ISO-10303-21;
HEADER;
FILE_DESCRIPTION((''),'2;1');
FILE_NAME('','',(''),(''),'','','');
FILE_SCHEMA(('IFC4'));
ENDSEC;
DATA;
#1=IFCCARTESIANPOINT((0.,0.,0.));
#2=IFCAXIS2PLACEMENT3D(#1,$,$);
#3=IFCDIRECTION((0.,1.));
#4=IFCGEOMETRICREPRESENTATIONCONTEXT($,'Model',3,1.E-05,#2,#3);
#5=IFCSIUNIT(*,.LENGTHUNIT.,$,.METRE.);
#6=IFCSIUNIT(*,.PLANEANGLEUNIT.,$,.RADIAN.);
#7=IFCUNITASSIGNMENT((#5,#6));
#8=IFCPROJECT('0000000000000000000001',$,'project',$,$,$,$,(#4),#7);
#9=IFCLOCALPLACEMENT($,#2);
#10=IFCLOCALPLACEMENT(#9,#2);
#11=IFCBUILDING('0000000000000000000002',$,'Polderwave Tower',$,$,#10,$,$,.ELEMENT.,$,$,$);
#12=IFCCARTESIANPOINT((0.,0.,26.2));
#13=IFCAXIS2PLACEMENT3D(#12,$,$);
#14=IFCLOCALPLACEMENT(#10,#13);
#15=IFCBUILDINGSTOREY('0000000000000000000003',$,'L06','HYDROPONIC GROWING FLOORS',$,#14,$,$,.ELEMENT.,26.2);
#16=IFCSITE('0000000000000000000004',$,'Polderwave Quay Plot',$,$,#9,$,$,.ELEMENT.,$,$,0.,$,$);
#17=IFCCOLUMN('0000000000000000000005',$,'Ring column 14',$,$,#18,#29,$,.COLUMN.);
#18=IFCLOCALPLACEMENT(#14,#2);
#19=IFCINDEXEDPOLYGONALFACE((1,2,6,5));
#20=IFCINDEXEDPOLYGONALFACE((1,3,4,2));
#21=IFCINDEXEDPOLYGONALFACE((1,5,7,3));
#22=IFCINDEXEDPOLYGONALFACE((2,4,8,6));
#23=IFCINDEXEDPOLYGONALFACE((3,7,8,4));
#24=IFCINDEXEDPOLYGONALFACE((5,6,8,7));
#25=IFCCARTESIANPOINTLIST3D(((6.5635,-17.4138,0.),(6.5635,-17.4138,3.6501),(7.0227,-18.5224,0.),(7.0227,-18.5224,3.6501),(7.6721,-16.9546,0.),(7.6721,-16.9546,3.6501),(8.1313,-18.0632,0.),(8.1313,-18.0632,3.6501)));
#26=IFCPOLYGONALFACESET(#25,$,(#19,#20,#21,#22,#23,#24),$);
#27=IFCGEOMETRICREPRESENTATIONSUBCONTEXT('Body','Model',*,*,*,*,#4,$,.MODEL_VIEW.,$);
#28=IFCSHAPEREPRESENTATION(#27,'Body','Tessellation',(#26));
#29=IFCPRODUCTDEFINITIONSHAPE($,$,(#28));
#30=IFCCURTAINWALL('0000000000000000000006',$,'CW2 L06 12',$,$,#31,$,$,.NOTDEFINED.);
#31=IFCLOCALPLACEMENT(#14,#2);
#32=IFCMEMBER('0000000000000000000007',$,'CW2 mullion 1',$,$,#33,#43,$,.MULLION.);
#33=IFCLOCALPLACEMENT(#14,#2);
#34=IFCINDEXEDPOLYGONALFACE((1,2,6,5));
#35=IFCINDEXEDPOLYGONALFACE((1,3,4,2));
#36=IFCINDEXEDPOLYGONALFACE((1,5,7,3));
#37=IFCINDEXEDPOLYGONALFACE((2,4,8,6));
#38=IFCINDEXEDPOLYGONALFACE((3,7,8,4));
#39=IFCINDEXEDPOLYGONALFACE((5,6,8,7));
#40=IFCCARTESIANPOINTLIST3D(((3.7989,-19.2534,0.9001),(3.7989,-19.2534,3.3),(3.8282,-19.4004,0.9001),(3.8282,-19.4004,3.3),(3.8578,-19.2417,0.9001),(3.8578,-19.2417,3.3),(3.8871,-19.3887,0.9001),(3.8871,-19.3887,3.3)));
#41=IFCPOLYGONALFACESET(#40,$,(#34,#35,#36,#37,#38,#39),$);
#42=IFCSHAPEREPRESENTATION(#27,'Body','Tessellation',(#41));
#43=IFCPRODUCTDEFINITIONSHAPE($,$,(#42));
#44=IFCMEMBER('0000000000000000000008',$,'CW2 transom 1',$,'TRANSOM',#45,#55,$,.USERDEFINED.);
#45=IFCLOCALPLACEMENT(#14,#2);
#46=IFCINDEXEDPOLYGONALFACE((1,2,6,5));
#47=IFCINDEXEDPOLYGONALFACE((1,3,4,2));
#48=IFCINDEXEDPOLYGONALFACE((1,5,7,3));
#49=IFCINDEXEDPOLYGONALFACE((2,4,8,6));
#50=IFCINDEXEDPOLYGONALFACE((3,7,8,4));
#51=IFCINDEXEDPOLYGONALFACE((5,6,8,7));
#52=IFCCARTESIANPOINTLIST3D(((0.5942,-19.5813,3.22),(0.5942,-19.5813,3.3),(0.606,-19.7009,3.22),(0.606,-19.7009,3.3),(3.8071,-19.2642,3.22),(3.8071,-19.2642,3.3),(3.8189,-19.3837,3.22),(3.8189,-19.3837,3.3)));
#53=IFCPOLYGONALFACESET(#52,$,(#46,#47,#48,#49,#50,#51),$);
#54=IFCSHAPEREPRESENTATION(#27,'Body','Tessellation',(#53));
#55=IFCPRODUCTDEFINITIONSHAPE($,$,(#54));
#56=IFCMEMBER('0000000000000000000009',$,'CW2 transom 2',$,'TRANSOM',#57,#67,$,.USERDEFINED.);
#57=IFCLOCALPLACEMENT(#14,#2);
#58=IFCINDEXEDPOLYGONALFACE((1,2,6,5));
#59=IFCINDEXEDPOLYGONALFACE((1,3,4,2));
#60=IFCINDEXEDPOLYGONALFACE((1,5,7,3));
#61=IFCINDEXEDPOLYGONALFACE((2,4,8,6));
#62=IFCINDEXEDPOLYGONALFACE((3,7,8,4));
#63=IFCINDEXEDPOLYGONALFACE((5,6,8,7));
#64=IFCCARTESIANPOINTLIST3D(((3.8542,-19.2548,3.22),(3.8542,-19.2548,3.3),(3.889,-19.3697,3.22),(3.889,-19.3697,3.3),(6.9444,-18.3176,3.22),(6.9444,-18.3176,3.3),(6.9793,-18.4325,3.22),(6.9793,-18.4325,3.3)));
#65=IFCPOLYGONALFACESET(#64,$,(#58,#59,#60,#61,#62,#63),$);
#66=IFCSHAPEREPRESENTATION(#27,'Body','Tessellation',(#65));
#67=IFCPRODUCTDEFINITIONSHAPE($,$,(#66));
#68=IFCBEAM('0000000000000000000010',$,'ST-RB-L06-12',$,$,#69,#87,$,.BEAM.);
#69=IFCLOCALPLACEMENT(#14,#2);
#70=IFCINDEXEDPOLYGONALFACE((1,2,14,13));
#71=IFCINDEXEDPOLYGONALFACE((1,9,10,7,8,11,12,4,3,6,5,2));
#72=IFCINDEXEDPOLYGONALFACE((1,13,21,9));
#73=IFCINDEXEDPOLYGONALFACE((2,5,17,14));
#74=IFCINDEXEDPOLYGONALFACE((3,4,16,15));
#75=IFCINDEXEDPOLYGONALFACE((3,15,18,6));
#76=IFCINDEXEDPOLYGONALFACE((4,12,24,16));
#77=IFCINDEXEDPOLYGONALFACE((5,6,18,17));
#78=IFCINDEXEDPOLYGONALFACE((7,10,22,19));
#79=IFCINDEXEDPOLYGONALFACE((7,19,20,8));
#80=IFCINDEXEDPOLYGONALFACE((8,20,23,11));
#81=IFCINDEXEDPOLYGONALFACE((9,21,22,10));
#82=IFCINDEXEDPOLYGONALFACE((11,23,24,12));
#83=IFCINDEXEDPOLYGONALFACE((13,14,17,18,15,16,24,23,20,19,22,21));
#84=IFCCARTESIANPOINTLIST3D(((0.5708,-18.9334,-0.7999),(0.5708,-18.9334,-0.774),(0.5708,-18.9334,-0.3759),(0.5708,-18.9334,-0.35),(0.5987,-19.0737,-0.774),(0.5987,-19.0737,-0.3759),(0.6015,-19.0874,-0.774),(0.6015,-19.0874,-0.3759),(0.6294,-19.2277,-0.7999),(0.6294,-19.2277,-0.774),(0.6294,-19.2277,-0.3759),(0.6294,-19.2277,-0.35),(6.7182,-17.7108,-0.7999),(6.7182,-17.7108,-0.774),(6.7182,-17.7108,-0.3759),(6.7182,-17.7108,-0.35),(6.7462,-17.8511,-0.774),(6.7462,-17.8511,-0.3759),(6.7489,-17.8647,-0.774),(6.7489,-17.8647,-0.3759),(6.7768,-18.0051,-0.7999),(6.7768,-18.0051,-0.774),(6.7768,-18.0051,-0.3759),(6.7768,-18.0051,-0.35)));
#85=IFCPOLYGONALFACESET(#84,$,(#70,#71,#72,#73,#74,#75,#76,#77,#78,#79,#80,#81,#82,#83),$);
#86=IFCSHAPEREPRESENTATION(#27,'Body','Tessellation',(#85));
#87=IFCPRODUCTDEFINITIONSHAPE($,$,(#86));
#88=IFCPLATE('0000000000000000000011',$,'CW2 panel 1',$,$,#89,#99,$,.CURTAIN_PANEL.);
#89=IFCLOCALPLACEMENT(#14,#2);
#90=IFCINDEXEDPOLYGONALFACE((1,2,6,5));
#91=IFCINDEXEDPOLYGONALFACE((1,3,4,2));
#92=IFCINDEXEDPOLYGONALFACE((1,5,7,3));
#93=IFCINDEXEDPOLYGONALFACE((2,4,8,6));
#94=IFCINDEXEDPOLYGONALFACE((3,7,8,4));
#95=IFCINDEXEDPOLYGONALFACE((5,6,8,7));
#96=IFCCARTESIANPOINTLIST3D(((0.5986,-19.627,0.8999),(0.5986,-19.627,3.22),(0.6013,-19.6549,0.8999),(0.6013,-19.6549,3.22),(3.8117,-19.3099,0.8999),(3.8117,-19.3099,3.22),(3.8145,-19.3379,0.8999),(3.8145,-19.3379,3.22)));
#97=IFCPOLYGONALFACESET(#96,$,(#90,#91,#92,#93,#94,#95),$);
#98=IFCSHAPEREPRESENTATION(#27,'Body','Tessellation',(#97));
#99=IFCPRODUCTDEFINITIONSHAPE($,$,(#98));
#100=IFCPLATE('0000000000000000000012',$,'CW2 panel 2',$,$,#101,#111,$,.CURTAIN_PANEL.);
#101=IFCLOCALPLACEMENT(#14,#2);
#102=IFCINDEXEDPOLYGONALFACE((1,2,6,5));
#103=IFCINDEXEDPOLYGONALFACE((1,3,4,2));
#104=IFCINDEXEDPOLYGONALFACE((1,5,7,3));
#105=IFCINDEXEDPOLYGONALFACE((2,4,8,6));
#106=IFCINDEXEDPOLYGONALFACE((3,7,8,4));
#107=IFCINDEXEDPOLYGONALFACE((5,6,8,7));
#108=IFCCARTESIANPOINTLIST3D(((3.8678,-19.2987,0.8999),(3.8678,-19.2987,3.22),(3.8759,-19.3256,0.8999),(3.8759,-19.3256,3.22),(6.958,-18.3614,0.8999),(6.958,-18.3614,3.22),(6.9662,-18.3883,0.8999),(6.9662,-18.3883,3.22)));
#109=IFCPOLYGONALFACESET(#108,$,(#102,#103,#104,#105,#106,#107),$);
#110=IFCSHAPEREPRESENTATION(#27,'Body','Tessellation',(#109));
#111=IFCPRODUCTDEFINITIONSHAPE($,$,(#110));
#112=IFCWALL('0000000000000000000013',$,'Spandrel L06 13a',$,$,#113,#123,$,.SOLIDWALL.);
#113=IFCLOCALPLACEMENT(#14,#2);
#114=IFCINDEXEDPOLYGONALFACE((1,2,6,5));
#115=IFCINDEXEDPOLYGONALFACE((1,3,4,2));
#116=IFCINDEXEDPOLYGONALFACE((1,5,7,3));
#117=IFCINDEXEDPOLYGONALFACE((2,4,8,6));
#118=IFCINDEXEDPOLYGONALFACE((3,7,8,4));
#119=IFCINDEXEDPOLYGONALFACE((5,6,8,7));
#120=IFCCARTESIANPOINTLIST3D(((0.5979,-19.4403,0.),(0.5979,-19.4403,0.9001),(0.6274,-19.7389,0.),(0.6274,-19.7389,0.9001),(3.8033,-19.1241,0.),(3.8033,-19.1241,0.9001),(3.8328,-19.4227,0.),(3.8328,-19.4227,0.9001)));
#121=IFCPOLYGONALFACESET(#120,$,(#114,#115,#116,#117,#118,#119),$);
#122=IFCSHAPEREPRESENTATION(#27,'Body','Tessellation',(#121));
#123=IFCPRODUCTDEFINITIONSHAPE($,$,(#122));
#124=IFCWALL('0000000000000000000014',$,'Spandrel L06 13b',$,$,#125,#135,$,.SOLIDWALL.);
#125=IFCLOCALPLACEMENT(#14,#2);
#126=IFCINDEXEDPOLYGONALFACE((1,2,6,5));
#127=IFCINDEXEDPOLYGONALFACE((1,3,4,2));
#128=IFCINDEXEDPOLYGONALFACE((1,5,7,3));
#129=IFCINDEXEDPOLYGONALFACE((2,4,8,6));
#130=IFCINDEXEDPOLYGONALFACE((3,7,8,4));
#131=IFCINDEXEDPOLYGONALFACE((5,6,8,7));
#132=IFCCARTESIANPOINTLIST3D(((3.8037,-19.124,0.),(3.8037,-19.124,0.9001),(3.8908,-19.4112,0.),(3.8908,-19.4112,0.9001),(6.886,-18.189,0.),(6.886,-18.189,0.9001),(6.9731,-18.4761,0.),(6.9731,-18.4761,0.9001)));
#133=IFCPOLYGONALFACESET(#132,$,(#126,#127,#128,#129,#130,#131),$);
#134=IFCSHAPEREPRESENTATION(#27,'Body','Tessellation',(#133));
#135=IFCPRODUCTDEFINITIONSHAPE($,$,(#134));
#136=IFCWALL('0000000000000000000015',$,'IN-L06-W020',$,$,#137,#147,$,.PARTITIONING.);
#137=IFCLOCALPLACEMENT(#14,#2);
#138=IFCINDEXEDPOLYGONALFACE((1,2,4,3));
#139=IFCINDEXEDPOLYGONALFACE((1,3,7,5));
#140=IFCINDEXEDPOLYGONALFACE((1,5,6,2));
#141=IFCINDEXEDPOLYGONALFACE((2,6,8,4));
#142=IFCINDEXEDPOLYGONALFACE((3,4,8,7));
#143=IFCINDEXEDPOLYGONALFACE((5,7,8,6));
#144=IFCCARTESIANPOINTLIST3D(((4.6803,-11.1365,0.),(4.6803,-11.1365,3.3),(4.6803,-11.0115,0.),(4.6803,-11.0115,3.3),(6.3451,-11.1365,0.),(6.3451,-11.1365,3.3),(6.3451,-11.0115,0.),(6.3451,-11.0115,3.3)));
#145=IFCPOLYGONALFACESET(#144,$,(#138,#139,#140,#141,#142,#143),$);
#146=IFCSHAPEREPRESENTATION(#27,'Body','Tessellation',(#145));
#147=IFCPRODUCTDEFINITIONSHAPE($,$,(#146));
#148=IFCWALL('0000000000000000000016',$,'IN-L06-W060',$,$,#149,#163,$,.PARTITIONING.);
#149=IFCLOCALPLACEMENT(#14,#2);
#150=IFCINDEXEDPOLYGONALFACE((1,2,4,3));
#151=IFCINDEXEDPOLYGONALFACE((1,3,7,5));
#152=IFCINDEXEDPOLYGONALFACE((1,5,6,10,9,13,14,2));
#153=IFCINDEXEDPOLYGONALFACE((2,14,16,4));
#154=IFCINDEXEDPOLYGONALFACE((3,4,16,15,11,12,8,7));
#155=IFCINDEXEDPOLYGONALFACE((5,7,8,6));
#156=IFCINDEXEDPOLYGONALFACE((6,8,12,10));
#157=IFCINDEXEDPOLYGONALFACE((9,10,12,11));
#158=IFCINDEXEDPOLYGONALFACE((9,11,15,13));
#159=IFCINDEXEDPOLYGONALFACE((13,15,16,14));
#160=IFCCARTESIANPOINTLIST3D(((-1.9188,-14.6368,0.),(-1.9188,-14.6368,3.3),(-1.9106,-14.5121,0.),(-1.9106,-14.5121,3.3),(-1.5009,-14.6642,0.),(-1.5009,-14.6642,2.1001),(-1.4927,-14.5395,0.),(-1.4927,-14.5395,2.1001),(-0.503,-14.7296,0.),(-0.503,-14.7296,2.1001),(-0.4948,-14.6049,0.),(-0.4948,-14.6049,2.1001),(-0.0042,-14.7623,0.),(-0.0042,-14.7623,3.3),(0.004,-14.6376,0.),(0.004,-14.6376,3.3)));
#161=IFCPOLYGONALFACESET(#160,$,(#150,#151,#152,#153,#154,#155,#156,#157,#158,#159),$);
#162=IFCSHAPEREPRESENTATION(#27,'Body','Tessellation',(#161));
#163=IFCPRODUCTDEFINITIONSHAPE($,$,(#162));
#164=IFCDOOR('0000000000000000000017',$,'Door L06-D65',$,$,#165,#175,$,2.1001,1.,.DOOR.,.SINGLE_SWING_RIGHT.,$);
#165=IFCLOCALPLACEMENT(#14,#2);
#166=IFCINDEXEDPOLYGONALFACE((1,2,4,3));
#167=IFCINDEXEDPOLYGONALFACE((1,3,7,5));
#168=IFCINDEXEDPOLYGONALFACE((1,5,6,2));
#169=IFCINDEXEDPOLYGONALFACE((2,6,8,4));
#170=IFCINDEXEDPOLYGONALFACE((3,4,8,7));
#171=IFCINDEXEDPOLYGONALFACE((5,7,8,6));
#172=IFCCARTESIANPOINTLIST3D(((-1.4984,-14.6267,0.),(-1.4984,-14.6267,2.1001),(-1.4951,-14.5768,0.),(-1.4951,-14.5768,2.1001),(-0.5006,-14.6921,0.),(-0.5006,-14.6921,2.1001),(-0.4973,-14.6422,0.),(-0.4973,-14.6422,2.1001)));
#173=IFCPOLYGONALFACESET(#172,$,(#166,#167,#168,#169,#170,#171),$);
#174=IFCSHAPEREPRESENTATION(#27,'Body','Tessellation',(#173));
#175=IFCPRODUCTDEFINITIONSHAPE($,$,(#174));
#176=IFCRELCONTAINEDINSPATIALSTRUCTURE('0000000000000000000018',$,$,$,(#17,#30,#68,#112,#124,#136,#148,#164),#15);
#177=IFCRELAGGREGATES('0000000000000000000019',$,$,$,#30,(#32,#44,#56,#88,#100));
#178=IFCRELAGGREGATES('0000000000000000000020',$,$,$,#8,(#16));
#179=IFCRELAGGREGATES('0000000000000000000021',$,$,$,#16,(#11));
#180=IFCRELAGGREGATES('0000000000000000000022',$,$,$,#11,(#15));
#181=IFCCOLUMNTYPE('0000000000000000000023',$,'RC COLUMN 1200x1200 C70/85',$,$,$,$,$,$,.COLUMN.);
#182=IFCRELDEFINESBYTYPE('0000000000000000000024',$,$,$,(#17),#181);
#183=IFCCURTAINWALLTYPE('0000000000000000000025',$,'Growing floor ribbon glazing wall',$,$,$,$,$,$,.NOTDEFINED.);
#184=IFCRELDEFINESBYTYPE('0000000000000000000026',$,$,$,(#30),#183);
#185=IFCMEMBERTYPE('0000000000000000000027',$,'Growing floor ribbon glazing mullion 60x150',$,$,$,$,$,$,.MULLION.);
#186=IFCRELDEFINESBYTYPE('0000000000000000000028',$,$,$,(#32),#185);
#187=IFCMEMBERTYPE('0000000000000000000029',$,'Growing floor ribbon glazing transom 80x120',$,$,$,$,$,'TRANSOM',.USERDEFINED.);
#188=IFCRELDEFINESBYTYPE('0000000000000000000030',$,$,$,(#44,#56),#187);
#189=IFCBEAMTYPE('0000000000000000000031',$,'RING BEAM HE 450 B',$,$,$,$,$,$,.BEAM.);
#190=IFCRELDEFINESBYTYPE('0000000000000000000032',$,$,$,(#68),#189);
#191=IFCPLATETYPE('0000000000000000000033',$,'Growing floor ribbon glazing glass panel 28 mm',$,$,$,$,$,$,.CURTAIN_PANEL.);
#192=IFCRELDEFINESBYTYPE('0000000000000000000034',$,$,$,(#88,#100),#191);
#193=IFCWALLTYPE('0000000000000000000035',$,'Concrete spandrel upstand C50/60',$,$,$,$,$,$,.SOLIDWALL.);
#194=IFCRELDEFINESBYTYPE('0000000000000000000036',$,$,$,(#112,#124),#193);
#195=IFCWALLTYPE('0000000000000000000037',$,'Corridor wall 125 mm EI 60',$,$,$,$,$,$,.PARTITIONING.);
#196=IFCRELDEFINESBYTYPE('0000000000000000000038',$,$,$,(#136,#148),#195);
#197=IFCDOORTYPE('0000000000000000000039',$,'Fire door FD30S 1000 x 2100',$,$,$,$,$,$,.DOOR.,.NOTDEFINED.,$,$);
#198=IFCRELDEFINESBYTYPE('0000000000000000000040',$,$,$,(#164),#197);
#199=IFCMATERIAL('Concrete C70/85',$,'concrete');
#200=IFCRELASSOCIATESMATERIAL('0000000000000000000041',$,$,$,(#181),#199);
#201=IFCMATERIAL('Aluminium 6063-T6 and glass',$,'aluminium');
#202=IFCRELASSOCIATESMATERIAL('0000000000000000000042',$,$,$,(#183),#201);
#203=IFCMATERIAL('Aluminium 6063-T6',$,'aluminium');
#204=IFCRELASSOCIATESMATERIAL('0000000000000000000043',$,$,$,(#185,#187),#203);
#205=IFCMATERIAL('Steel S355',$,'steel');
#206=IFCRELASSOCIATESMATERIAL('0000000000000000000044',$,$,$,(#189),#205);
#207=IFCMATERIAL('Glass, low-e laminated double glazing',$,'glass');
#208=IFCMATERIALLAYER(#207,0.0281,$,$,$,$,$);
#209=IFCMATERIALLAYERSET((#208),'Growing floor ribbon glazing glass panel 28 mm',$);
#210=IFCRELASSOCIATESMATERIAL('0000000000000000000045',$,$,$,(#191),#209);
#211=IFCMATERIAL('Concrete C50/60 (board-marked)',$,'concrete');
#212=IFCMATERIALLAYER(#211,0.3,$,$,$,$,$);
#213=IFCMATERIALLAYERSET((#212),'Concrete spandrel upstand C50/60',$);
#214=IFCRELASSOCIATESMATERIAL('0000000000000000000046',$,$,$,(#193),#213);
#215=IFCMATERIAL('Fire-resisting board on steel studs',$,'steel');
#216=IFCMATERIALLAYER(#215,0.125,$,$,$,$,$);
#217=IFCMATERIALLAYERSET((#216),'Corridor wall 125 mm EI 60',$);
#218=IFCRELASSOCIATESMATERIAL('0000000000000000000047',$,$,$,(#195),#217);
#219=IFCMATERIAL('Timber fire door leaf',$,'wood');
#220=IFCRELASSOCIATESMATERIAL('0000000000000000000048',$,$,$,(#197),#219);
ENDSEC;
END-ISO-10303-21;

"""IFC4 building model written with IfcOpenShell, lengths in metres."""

from ifc_helpers import new_model, si_unit, direction, frame, frame_2d, origin, origin_2d, place, context, subcontext, project, spatial, rectangle, i_section, extrude, material, layer, layer_set, material_profile, profile_set, type_object, element, fill, aggregate, save


model = new_model("IFC4")

# Units and contexts
model_context = context("Model", 3, precision=1e-05, world=origin(), true_north=direction((0.0, 1.0)))
body_context = subcontext(model_context, "Body", "Model", "MODEL_VIEW")
ifc_project = project(units=[si_unit("LENGTHUNIT", "METRE"), si_unit("PLANEANGLEUNIT", "RADIAN")], contexts=[model_context])

# Site, building, storey
site_placement = place(None, origin())
site = spatial("IfcSite", under=ifc_project, at=site_placement, Name="Polderwave Quay Plot", CompositionType="ELEMENT", RefElevation=0.0)
building_placement = place(site_placement, origin())
building = spatial("IfcBuilding", under=site, at=building_placement, Name="Polderwave Tower", CompositionType="ELEMENT")
storey_placement = place(building_placement, frame((0.0, 0.0, 26.2)))
storey = spatial("IfcBuildingStorey", under=building, at=storey_placement, Name="L06", Description="HYDROPONIC GROWING FLOORS", CompositionType="ELEMENT", Elevation=26.2)

# Column
ifc_material_1 = material(Name="Concrete C70/85", Category="concrete")
ifc_material_profile_1 = material_profile(ifc_material_1, rectangle(XDim=1.2, YDim=1.2, at=origin_2d()), Name="RC 1200x1200")
ifc_profile_set_1 = profile_set([ifc_material_profile_1], Name="Concrete C70/85")
column_type = type_object("IfcColumnType", Name="RC COLUMN 1200x1200 C70/85", PredefinedType="COLUMN", material=ifc_profile_set_1)
column_placement = place(storey_placement, frame((7.3474, -17.7385, 0.0), z_axis=(0.0, 0.0, 1.0), x_axis=(0.382683, -0.92388, 0.0)))
element("IfcColumn", 1, at=column_placement, inside=storey, type_object=column_type, Name="Ring column 14", PredefinedType="COLUMN", context=body_context, shape_type="SweptSolid", body=[
    extrude(rectangle(XDim=1.2, YDim=1.2, at=origin_2d()), origin(), (0.0, 0.0, 1.0), 3.6501),
])

# Curtain wall, members
ifc_material_2 = material(Name="Aluminium 6063-T6 and glass", Category="aluminium")
curtain_wall_type = type_object("IfcCurtainWallType", Name="Growing floor ribbon glazing wall", PredefinedType="NOTDEFINED", material=ifc_material_2)
curtain_wall_placement = place(storey_placement, origin())
curtain_wall = element("IfcCurtainWall", 2, at=curtain_wall_placement, inside=storey, type_object=curtain_wall_type, Name="CW2 L06 12", PredefinedType="NOTDEFINED")
ifc_material_3 = material(Name="Aluminium 6063-T6", Category="aluminium")
ifc_material_profile_2 = material_profile(ifc_material_3, rectangle(XDim=0.1499, YDim=0.0601, at=origin_2d()), Name="AL 60x150")
ifc_profile_set_2 = profile_set([ifc_material_profile_2], Name="Aluminium 6063-T6")
member_type_1 = type_object("IfcMemberType", Name="Growing floor ribbon glazing mullion 60x150", PredefinedType="MULLION", material=ifc_profile_set_2)
member_1_placement = place(storey_placement, frame((3.843, -19.321, 0.9001), z_axis=(0.0, 0.0, 1.0), x_axis=(-0.195159, 0.980772, 0.0)))
member_1 = element("IfcMember", 3, at=member_1_placement, type_object=member_type_1, Name="CW2 mullion 1", PredefinedType="MULLION", context=body_context, shape_type="SweptSolid", body=[
    extrude(rectangle(XDim=0.1499, YDim=0.0601, at=origin_2d()), origin(), (0.0, 0.0, 1.0), 2.3999),
])
ifc_material_profile_3 = material_profile(ifc_material_3, rectangle(XDim=0.1201, YDim=0.0801, at=origin_2d()), Name="AL 80x120")
ifc_profile_set_3 = profile_set([ifc_material_profile_3], Name="Aluminium 6063-T6")
member_type_2 = type_object("IfcMemberType", Name="Growing floor ribbon glazing transom 80x120", ElementType="TRANSOM", PredefinedType="USERDEFINED", material=ifc_profile_set_3)
member_2_placement = place(storey_placement, frame((0.6001, -19.6411, 3.26), z_axis=(0.995164, 0.098231, 0.0), x_axis=(-0.098231, 0.995164, 0.0)))
member_2 = element("IfcMember", 4, at=member_2_placement, type_object=member_type_2, Name="CW2 transom 1", ObjectType="TRANSOM", PredefinedType="USERDEFINED", context=body_context, shape_type="SweptSolid", body=[
    extrude(rectangle(XDim=0.1201, YDim=0.0801, at=origin_2d()), origin(), (0.0, 0.0, 1.0), 3.2285),
])
member_3_placement = place(storey_placement, frame((3.8716, -19.3123, 3.26), z_axis=(0.956956, 0.290232, 0.0), x_axis=(-0.290232, 0.956956, 0.0)))
member_3 = element("IfcMember", 5, at=member_3_placement, type_object=member_type_2, Name="CW2 transom 2", ObjectType="TRANSOM", PredefinedType="USERDEFINED", context=body_context, shape_type="SweptSolid", body=[
    extrude(rectangle(XDim=0.1201, YDim=0.0801, at=origin_2d()), origin(), (0.0, 0.0, 1.0), 3.2292),
])

# Beam
ifc_material_4 = material(Name="Steel S355", Category="steel")
ifc_material_profile_4 = material_profile(ifc_material_4, i_section(OverallWidth=0.3, OverallDepth=0.45, WebThickness=0.0139, FlangeThickness=0.0259, at=origin_2d()), Name="HE 450 B")
ifc_profile_set_4 = profile_set([ifc_material_profile_4], Name="Steel S355")
beam_type = type_object("IfcBeamType", Name="RING BEAM HE 450 B", PredefinedType="BEAM", material=ifc_profile_set_4)
beam_placement = place(storey_placement, frame((0.6001, -19.0806, -0.575), z_axis=(0.98079, 0.195067, 0.0), x_axis=(-0.195067, 0.98079, 0.0)))
element("IfcBeam", 6, at=beam_placement, inside=storey, type_object=beam_type, Name="ST-RB-L06-12", PredefinedType="BEAM", context=body_context, shape_type="SweptSolid", body=[
    extrude(i_section(OverallWidth=0.3, OverallDepth=0.45, WebThickness=0.0139, FlangeThickness=0.0259, at=origin_2d()), origin(), (0.0, 0.0, 1.0), 6.2678),
])

# Plates
ifc_material_5 = material(Name="Glass, low-e laminated double glazing", Category="glass")
ifc_layer_1 = layer(ifc_material_5, 0.0281)
ifc_layer_set_1 = layer_set([ifc_layer_1], Name="Growing floor ribbon glazing glass panel 28 mm")
plate_type = type_object("IfcPlateType", Name="Growing floor ribbon glazing glass panel 28 mm", PredefinedType="CURTAIN_PANEL", material=ifc_layer_set_1)
plate_1_placement = place(storey_placement, frame((2.2065, -19.4824, 0.8999), z_axis=(0.0, 0.0, 1.0), x_axis=(0.995167, 0.098198, 0.0)))
plate_1 = element("IfcPlate", 7, at=plate_1_placement, type_object=plate_type, Name="CW2 panel 1", PredefinedType="CURTAIN_PANEL", context=body_context, shape_type="SweptSolid", body=[
    extrude(rectangle(XDim=3.2288, YDim=0.0281, at=origin_2d()), origin(), (0.0, 0.0, 1.0), 2.3201),
])
plate_2_placement = place(storey_placement, frame((5.417, -18.8435, 0.8999), z_axis=(0.0, 0.0, 1.0), x_axis=(0.956952, 0.290246, 0.0)))
plate_2 = element("IfcPlate", 8, at=plate_2_placement, type_object=plate_type, Name="CW2 panel 2", PredefinedType="CURTAIN_PANEL", context=body_context, shape_type="SweptSolid", body=[
    extrude(rectangle(XDim=3.2292, YDim=0.0281, at=origin_2d()), origin(), (0.0, 0.0, 1.0), 2.3201),
])
aggregate(curtain_wall, [member_1, member_2, member_3, plate_1, plate_2])

# Walls
ifc_material_6 = material(Name="Concrete C50/60 (board-marked)", Category="concrete")
ifc_layer_2 = layer(ifc_material_6, 0.3)
ifc_layer_set_2 = layer_set([ifc_layer_2], Name="Concrete spandrel upstand C50/60")
wall_type_1 = type_object("IfcWallType", Name="Concrete spandrel upstand C50/60", PredefinedType="SOLIDWALL", material=ifc_layer_set_2)
for number, where, z_axis, x_axis, name in (
    (9, (0.6128, -19.5896, 0.0), (0.0, 0.0, 1.0), (0.995171, 0.09816, 0.0), "Spandrel L06 13a"),
    (10, (3.8474, -19.2676, 0.0), (0.0, 0.0, 1.0), (0.956935, 0.290302, 0.0), "Spandrel L06 13b"),
):
    element("IfcWall", number, at=place(storey_placement, frame(where, z_axis=z_axis, x_axis=x_axis)), inside=storey, type_object=wall_type_1, Name=name, PredefinedType="SOLIDWALL", context=body_context, shape_type="SweptSolid", body=[
        extrude(rectangle(XDim=3.2209, YDim=0.3, at=frame_2d((1.6104, 0.0))), origin(), (0.0, 0.0, 1.0), 0.9001),
    ])
ifc_material_7 = material(Name="Fire-resisting board on steel studs", Category="steel")
ifc_layer_3 = layer(ifc_material_7, 0.125)
ifc_layer_set_3 = layer_set([ifc_layer_3], Name="Corridor wall 125 mm EI 60")
wall_type_2 = type_object("IfcWallType", Name="Corridor wall 125 mm EI 60", PredefinedType="PARTITIONING", material=ifc_layer_set_3)
wall_1_placement = place(storey_placement, frame((6.3452, -11.074, 0.0), z_axis=(0.0, 0.0, 1.0), x_axis=(-1.0, 0.0, 0.0)))
element("IfcWall", 11, at=wall_1_placement, inside=storey, type_object=wall_type_2, Name="IN-L06-W020", PredefinedType="PARTITIONING", context=body_context, shape_type="SweptSolid", body=[
    extrude(rectangle(XDim=1.6648, YDim=0.125, at=frame_2d((0.8325, 0.0))), origin(), (0.0, 0.0, 1.0), 3.3),
])

# Wall, opening, door
wall_2_placement = place(storey_placement, frame((0.0, -14.7, 0.0), z_axis=(0.0, 0.0, 1.0), x_axis=(-0.997859, 0.065404, 0.0)))
wall_2 = element("IfcWall", 12, at=wall_2_placement, inside=storey, type_object=wall_type_2, Name="IN-L06-W060", PredefinedType="PARTITIONING", context=body_context, shape_type="SweptSolid", body=[
    extrude(rectangle(XDim=1.9187, YDim=0.125, at=frame_2d((0.9595, 0.0))), origin(), (0.0, 0.0, 1.0), 3.3),
])
opening_1_placement = place(wall_2_placement, frame((0.5, 0.0, 0.0)))
opening_1 = element("IfcOpeningElement", 13, at=opening_1_placement, cuts=wall_2, PredefinedType="OPENING", context=body_context, shape_type="SweptSolid", body=[
    extrude(rectangle(XDim=1.0, YDim=2.1001, at=frame_2d((0.5, 1.05))), frame((0.0, 0.0725, 0.0), z_axis=(0.0, -1.0, 0.0), x_axis=(1.0, 0.0, 0.0)), (0.0, 0.0, 1.0), 0.145),
])
ifc_material_8 = material(Name="Timber fire door leaf", Category="wood")
door_type = type_object("IfcDoorType", Name="Fire door FD30S 1000 x 2100", OperationType="NOTDEFINED", PredefinedType="DOOR", material=ifc_material_8)
door_1_placement = place(opening_1_placement, origin())
door_1 = element("IfcDoor", 14, at=door_1_placement, inside=storey, type_object=door_type, Name="Door L06-D65", OperationType="SINGLE_SWING_RIGHT", OverallHeight=2.1001, OverallWidth=1.0, PredefinedType="DOOR", context=body_context, shape_type="SweptSolid", body=[
    extrude(rectangle(XDim=1.0, YDim=2.1001, at=frame_2d((0.5, 1.05))), frame((0.0, 0.0249, 0.0), z_axis=(0.0, -1.0, 0.0), x_axis=(1.0, 0.0, 0.0)), (0.0, 0.0, 1.0), 0.05),
])
fill(opening_1, door_1)

save(model, "model.ifc")
